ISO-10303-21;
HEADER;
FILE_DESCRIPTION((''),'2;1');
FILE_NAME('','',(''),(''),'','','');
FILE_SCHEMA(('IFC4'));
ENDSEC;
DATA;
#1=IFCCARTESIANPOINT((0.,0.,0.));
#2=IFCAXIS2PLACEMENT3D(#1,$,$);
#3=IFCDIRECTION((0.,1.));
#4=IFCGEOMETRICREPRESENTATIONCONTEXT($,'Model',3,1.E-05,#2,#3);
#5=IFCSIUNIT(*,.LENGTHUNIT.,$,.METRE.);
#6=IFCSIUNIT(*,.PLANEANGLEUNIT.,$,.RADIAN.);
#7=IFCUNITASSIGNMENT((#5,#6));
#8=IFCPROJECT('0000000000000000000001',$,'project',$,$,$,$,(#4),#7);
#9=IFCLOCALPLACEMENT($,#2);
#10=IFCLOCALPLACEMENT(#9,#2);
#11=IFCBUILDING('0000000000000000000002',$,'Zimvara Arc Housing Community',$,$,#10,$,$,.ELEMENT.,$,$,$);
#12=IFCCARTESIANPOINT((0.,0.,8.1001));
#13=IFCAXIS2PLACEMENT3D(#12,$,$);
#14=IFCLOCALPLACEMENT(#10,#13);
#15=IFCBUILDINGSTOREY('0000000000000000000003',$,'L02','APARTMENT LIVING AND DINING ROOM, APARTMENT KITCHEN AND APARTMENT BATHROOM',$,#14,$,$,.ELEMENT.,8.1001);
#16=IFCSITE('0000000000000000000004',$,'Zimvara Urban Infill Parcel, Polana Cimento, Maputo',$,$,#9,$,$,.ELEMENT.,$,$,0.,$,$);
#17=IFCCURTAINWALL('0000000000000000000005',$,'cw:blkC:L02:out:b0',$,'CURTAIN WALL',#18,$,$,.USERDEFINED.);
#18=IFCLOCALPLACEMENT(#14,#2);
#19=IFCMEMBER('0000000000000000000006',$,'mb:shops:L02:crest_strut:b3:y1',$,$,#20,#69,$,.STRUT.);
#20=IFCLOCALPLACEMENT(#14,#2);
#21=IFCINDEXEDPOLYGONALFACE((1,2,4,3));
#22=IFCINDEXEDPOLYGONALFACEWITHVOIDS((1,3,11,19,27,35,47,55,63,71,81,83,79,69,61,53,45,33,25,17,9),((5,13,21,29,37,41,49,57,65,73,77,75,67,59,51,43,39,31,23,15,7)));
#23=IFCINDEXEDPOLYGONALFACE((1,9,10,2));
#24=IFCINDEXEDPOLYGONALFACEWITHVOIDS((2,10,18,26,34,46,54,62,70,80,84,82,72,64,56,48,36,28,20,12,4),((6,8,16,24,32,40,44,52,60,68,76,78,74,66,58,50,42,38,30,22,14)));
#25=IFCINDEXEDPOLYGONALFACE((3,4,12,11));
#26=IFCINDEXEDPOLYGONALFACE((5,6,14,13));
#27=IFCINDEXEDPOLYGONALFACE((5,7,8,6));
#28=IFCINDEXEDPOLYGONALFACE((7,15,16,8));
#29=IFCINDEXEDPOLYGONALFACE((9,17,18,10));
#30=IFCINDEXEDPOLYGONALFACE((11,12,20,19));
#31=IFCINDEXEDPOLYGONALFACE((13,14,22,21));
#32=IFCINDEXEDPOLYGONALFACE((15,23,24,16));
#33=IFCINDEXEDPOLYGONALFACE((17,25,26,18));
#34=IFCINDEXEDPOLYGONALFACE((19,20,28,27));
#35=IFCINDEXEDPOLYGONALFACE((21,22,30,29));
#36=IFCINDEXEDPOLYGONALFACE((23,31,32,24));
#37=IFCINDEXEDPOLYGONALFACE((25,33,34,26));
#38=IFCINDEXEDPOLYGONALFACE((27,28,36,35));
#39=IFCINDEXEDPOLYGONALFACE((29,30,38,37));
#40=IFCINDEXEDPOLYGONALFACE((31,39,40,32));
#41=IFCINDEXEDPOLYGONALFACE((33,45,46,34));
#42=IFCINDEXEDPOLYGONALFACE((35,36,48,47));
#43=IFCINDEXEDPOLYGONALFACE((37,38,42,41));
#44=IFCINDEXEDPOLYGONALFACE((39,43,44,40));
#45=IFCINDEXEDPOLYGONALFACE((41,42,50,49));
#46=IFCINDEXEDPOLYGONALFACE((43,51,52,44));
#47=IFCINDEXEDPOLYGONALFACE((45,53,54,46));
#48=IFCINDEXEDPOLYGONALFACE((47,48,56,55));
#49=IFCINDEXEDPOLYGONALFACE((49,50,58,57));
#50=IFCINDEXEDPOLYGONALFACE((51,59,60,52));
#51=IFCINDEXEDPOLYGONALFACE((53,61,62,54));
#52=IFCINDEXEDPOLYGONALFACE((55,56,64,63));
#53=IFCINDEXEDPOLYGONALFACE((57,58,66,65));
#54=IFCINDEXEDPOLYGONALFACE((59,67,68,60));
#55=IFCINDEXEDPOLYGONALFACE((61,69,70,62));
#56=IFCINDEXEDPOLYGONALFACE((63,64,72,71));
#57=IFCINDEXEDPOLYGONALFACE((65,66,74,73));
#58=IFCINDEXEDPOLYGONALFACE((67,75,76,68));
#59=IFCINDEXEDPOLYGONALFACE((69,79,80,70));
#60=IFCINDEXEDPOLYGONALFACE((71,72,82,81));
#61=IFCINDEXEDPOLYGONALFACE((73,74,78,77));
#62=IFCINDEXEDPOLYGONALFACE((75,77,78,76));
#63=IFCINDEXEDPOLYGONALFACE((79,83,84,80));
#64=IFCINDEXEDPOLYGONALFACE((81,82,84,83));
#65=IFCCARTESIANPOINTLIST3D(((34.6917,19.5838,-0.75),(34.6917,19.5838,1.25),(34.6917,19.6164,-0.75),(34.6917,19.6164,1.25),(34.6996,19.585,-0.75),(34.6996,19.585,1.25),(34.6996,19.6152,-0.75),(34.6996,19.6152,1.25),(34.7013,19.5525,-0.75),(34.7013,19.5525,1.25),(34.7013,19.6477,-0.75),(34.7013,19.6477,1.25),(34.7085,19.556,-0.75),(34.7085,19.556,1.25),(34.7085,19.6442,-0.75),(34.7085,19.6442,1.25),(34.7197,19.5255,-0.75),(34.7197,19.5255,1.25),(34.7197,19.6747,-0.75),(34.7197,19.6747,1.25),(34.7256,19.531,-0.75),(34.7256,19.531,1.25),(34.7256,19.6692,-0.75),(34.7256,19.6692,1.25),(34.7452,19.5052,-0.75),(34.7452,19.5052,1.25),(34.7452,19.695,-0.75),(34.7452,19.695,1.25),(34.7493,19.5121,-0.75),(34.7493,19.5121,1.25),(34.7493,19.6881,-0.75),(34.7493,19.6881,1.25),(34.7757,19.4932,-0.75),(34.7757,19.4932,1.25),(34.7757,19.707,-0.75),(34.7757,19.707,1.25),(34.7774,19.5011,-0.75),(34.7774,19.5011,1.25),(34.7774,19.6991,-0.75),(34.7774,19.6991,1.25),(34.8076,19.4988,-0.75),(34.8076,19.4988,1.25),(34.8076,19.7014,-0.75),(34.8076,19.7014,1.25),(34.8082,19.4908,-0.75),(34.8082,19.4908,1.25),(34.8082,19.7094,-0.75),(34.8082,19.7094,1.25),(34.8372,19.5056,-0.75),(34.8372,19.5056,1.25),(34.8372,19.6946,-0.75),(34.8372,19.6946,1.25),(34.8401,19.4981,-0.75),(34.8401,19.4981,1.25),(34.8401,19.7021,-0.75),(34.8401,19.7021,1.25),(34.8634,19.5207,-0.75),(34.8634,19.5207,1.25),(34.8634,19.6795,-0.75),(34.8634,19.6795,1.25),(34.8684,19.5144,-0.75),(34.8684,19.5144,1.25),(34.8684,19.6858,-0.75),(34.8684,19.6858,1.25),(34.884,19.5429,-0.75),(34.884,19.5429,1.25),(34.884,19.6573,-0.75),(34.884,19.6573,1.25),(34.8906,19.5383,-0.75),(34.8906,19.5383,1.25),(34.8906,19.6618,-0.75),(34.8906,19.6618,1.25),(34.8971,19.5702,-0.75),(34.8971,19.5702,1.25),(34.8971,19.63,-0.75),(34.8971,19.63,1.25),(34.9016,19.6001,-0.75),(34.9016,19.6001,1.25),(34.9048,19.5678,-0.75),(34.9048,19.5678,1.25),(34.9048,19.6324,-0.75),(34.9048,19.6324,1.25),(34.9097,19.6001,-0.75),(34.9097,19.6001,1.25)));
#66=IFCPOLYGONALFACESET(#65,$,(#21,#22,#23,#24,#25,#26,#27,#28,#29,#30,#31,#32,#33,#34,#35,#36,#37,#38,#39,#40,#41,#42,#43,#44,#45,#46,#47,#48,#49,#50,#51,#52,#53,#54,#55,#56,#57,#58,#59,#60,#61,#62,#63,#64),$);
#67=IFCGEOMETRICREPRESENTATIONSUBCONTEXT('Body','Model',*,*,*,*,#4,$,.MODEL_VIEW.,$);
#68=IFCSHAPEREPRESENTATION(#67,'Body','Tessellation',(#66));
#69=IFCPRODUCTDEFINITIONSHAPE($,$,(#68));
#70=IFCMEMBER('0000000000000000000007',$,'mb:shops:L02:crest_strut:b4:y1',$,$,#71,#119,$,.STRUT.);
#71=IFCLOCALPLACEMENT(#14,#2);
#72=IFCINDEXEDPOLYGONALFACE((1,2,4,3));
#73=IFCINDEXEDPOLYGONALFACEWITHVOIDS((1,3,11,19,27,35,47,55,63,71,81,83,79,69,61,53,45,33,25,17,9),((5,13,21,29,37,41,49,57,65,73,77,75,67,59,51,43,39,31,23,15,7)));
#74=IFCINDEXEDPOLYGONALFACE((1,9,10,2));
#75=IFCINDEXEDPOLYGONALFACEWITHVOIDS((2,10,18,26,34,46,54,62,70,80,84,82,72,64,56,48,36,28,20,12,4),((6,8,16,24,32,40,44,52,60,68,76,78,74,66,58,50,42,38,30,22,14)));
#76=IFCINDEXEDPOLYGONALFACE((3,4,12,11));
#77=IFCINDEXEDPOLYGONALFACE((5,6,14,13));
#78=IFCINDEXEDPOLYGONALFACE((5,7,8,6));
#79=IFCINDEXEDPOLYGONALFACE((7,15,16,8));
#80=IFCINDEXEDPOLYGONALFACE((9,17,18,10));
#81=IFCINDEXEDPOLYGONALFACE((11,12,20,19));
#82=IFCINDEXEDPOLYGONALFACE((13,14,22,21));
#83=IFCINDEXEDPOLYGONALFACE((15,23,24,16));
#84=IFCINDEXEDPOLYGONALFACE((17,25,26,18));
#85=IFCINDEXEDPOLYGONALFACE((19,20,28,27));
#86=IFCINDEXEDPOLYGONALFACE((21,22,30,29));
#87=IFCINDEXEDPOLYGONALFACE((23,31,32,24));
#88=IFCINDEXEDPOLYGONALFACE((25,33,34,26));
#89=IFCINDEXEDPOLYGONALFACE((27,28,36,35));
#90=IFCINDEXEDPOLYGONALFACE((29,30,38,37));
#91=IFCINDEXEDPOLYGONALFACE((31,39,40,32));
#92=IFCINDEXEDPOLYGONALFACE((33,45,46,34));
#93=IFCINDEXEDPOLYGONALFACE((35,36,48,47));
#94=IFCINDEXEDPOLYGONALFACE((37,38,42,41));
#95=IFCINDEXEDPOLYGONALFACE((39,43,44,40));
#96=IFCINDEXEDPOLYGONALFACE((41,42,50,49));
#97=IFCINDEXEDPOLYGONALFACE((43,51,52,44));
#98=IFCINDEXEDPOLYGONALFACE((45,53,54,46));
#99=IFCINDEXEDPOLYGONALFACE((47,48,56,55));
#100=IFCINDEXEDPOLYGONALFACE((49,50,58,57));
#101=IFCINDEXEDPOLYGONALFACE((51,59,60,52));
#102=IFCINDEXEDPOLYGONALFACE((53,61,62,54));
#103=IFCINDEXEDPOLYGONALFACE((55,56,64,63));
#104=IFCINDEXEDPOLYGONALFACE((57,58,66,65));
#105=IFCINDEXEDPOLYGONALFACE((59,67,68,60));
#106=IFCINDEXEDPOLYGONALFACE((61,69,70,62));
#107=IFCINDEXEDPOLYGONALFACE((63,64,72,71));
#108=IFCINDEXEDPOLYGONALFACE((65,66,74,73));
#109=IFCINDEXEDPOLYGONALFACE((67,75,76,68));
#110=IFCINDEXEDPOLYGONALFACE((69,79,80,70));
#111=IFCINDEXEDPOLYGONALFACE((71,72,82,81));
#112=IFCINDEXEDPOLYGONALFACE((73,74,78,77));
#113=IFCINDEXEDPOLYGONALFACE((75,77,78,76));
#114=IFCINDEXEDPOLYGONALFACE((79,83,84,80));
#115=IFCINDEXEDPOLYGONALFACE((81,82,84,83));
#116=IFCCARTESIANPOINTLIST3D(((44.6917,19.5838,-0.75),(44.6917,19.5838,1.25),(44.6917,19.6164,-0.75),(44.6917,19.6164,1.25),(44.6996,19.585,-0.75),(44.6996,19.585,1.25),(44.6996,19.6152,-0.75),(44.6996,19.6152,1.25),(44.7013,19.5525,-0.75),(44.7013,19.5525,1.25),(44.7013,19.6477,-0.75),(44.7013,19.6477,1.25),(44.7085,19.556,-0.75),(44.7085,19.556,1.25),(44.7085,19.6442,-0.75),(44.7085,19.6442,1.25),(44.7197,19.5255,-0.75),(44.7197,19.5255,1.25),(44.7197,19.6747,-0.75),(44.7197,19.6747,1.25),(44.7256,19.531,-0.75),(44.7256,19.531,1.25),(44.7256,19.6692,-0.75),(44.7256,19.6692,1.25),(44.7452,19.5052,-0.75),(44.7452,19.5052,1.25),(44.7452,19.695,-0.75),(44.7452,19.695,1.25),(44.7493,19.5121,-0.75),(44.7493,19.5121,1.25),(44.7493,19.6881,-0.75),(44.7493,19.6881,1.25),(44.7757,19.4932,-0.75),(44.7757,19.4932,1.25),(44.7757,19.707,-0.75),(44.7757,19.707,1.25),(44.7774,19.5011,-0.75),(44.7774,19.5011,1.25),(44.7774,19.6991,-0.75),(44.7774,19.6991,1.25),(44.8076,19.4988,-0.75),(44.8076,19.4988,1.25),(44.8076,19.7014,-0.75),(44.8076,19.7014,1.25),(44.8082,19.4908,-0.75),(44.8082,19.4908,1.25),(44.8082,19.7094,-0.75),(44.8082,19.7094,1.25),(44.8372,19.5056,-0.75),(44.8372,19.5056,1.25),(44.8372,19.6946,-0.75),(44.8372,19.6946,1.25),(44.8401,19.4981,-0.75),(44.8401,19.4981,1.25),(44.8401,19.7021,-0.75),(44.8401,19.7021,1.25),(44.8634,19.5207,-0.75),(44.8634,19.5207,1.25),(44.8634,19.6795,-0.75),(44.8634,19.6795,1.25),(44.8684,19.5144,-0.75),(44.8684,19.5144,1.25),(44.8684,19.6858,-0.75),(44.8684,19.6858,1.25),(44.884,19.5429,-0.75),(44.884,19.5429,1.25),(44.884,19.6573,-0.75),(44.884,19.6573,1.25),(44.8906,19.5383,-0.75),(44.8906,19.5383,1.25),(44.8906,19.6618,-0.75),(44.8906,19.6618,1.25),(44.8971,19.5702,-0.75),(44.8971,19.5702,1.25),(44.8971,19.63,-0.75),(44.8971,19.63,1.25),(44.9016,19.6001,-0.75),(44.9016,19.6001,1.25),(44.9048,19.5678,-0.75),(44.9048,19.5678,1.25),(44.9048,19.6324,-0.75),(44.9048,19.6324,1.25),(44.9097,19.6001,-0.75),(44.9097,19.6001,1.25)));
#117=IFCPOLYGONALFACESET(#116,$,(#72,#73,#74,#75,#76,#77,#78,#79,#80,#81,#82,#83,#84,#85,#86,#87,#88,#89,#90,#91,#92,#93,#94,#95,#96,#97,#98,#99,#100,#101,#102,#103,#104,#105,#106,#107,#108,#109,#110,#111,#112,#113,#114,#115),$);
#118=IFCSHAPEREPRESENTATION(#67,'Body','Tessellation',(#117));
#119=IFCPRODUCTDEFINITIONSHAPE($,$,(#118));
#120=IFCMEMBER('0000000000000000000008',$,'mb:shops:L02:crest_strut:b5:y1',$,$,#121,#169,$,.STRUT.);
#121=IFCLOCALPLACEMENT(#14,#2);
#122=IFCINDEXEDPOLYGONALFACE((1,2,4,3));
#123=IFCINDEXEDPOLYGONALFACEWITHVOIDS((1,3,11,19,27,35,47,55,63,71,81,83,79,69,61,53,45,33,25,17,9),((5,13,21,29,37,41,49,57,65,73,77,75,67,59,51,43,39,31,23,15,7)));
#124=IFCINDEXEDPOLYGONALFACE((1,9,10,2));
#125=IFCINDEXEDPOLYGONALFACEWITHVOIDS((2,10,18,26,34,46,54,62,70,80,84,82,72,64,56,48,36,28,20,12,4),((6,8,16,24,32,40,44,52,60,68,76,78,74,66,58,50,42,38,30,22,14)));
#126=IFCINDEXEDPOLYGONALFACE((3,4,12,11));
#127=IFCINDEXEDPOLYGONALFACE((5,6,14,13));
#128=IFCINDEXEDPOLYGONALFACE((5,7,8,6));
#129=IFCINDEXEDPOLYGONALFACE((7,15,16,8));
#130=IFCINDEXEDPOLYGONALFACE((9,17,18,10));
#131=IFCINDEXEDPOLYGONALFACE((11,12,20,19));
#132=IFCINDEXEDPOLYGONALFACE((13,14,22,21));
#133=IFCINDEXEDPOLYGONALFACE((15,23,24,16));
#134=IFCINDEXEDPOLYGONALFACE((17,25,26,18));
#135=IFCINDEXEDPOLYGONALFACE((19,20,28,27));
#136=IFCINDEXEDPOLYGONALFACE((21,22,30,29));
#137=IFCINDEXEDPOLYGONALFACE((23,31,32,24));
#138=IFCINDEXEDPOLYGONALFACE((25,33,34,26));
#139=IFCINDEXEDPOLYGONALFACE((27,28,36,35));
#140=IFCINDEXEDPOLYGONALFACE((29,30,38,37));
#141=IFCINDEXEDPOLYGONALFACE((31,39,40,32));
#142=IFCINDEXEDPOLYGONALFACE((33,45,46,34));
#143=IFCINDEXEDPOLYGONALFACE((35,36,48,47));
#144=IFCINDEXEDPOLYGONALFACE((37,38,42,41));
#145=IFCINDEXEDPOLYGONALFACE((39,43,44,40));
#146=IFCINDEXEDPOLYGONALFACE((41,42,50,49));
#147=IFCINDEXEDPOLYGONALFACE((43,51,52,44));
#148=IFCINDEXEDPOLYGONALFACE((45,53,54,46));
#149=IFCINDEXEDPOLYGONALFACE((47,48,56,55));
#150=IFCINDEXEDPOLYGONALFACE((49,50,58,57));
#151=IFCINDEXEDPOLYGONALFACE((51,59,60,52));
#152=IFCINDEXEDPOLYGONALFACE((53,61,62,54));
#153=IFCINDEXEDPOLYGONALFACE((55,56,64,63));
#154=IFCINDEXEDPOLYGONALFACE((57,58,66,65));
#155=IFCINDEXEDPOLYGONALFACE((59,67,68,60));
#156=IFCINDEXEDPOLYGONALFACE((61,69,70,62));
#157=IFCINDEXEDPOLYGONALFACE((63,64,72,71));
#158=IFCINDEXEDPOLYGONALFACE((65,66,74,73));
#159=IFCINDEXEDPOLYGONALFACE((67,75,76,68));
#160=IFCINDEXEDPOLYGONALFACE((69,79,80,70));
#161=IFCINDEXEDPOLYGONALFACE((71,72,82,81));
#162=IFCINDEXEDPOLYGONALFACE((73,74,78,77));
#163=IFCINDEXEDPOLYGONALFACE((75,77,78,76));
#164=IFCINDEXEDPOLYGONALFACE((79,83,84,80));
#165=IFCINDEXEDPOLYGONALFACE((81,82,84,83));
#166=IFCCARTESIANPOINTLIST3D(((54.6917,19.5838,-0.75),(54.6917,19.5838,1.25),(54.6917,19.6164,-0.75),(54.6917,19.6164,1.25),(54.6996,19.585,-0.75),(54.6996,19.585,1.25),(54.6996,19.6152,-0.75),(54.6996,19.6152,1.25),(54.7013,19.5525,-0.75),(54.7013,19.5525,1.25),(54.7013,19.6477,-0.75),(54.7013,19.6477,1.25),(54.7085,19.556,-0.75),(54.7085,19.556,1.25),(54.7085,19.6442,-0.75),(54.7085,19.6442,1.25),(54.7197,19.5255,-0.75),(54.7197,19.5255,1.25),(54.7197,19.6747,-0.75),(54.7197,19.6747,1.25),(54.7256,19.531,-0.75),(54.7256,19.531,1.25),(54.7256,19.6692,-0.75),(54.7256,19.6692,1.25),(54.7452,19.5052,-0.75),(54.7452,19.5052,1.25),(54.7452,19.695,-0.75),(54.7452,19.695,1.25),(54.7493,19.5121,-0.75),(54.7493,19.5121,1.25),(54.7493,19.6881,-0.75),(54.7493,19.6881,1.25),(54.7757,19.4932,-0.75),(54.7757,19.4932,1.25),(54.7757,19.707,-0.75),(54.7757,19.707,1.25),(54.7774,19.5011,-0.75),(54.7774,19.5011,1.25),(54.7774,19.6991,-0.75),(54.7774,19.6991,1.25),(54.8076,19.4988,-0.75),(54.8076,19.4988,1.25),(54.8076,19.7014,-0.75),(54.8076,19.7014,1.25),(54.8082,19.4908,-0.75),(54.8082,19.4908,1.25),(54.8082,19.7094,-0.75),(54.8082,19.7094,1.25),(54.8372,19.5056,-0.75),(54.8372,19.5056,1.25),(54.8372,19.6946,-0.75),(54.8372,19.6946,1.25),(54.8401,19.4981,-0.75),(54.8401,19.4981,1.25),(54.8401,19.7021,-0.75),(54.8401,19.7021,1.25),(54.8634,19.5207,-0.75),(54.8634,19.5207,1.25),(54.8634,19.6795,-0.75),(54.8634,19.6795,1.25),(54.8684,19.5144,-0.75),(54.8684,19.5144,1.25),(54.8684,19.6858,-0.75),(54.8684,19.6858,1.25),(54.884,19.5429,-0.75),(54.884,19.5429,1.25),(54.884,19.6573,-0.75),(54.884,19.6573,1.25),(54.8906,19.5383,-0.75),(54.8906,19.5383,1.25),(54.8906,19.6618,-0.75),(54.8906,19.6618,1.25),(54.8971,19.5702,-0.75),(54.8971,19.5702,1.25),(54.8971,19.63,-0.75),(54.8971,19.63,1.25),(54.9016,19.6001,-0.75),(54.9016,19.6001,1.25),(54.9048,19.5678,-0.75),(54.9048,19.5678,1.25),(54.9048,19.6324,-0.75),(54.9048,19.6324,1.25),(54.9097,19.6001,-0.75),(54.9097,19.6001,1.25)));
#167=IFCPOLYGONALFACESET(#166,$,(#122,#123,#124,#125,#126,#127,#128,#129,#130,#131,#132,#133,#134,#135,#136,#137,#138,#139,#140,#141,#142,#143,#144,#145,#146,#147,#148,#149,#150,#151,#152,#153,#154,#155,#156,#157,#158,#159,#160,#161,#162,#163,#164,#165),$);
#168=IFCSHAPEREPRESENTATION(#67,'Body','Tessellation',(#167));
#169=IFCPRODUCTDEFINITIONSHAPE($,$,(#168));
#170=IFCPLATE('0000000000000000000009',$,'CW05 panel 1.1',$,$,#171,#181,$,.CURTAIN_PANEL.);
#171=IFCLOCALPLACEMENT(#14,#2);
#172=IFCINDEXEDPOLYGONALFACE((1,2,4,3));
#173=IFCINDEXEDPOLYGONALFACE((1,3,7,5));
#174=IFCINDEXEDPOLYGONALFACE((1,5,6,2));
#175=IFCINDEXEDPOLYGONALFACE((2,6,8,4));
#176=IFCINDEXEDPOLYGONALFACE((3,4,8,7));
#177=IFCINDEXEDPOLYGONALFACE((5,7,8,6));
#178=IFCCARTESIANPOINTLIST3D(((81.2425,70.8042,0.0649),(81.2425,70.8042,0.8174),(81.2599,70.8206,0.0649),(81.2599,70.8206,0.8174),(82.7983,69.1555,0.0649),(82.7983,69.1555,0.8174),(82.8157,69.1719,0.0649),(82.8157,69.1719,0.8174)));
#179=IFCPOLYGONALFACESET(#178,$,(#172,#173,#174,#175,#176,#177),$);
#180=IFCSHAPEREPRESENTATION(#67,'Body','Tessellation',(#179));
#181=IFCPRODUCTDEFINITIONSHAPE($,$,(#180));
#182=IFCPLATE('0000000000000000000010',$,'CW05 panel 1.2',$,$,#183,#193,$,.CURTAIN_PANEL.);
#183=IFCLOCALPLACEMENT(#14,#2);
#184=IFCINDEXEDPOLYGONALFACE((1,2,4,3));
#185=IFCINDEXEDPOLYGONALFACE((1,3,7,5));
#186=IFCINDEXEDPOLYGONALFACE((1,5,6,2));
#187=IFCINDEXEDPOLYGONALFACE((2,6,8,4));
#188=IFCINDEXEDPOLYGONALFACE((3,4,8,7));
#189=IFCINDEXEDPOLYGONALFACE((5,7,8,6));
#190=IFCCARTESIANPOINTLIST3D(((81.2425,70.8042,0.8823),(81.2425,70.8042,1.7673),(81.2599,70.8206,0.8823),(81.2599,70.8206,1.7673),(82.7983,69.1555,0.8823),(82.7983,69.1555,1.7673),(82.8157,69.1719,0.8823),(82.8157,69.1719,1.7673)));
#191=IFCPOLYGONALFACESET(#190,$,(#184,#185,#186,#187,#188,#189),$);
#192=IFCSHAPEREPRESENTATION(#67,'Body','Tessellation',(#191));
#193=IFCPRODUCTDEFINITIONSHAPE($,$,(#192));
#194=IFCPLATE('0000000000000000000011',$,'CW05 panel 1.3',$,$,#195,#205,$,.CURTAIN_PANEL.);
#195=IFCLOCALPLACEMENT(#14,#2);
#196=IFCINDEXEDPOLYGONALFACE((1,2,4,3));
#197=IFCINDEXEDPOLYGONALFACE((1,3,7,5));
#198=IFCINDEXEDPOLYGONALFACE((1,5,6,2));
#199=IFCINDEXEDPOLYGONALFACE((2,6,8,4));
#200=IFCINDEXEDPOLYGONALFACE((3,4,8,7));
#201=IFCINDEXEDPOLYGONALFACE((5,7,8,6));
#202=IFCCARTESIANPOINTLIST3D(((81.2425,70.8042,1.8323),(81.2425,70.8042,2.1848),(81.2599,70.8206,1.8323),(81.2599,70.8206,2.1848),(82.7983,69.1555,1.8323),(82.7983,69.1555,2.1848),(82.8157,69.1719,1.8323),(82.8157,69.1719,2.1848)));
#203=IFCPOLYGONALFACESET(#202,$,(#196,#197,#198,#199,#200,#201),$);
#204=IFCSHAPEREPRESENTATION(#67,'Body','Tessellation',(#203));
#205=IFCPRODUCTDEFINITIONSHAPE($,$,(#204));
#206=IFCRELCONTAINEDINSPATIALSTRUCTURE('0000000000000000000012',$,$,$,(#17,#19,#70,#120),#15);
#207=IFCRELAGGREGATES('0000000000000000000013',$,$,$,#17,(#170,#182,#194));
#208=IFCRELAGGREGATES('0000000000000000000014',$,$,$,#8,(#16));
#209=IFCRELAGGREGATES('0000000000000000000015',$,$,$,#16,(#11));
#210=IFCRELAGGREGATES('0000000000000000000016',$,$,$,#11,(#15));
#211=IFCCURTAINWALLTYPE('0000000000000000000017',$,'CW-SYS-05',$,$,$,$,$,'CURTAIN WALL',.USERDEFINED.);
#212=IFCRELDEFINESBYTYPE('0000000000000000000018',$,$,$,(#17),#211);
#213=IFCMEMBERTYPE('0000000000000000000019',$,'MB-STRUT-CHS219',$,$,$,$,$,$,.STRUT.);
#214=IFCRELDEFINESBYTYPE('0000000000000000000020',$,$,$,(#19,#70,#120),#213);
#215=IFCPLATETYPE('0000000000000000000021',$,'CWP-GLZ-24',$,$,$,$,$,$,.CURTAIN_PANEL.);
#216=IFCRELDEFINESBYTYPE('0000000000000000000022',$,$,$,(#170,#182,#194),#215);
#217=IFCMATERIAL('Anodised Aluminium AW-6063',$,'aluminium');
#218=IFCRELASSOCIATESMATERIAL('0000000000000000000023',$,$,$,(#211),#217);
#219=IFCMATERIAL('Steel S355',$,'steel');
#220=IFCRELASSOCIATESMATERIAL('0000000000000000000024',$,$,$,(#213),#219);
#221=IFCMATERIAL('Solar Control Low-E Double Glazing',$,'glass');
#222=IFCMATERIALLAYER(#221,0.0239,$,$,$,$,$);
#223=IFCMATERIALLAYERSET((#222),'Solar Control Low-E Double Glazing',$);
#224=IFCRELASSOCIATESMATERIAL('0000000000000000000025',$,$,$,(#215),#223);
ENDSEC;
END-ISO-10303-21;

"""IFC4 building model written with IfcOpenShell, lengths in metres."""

from ifc_helpers import new_model, si_unit, direction, frame, origin, origin_2d, place, context, subcontext, project, spatial, rectangle, hollow_circle, extrude, material, layer, layer_set, material_profile, profile_set, type_object, element, aggregate, save


model = new_model("IFC4")

# Units and contexts
model_context = context("Model", 3, precision=1e-05, world=origin(), true_north=direction((0.0, 1.0)))
body_context = subcontext(model_context, "Body", "Model", "MODEL_VIEW")
ifc_project = project(units=[si_unit("LENGTHUNIT", "METRE"), si_unit("PLANEANGLEUNIT", "RADIAN")], contexts=[model_context])

# Site, building, storey
site_placement = place(None, origin())
site = spatial("IfcSite", under=ifc_project, at=site_placement, Name="Zimvara Urban Infill Parcel, Polana Cimento, Maputo", CompositionType="ELEMENT", RefElevation=0.0)
building_placement = place(site_placement, origin())
building = spatial("IfcBuilding", under=site, at=building_placement, Name="Zimvara Arc Housing Community", CompositionType="ELEMENT")
storey_placement = place(building_placement, frame((0.0, 0.0, 8.1001)))
storey = spatial("IfcBuildingStorey", under=building, at=storey_placement, Name="L02", Description="APARTMENT LIVING AND DINING ROOM, APARTMENT KITCHEN AND APARTMENT BATHROOM", CompositionType="ELEMENT", Elevation=8.1001)

# Curtain wall
ifc_material_1 = material(Name="Anodised Aluminium AW-6063", Category="aluminium")
curtain_wall_type = type_object("IfcCurtainWallType", Name="CW-SYS-05", ElementType="CURTAIN WALL", PredefinedType="USERDEFINED", material=ifc_material_1)
curtain_wall_placement = place(storey_placement, origin())
curtain_wall = element("IfcCurtainWall", 1, at=curtain_wall_placement, inside=storey, type_object=curtain_wall_type, Name="cw:blkC:L02:out:b0", ObjectType="CURTAIN WALL", PredefinedType="USERDEFINED")

# Members
ifc_material_2 = material(Name="Steel S355", Category="steel")
ifc_material_profile_1 = material_profile(ifc_material_2, hollow_circle(Radius=0.1096, WallThickness=0.0081, at=origin_2d()), Name="CHS 219.1x8.0")
ifc_profile_set_1 = profile_set([ifc_material_profile_1], Name="Steel S355")
member_type_1 = type_object("IfcMemberType", Name="MB-STRUT-CHS219", PredefinedType="STRUT", material=ifc_profile_set_1)
for number, where, z_axis, x_axis, name in (
    (2, (34.8, 19.6001, -0.75), (0.0, 0.0, 1.0), (1.0, 0.0, 0.0), "mb:shops:L02:crest_strut:b3:y1"),
    (3, (44.8, 19.6001, -0.75), (0.0, 0.0, 1.0), (1.0, 0.0, 0.0), "mb:shops:L02:crest_strut:b4:y1"),
    (4, (54.8, 19.6001, -0.75), (0.0, 0.0, 1.0), (1.0, 0.0, 0.0), "mb:shops:L02:crest_strut:b5:y1"),
):
    element("IfcMember", number, at=place(storey_placement, frame(where, z_axis=z_axis, x_axis=x_axis)), inside=storey, type_object=member_type_1, Name=name, PredefinedType="STRUT", context=body_context, shape_type="SweptSolid", body=[
        extrude(hollow_circle(Radius=0.1096, WallThickness=0.0081, at=origin_2d()), origin(), (0.0, 0.0, 1.0), 2.0),
    ])

# Plates
ifc_material_3 = material(Name="Solar Control Low-E Double Glazing", Category="glass")
ifc_layer_1 = layer(ifc_material_3, 0.0239)
ifc_layer_set_1 = layer_set([ifc_layer_1], Name="Solar Control Low-E Double Glazing")
plate_type_1 = type_object("IfcPlateType", Name="CWP-GLZ-24", PredefinedType="CURTAIN_PANEL", material=ifc_layer_set_1)
plate_1_placement = place(storey_placement, frame((82.0291, 69.988, 0.0649), z_axis=(0.0, 0.0, 1.0), x_axis=(0.686326, -0.727294, 0.0)))
plate_1 = element("IfcPlate", 5, at=plate_1_placement, type_object=plate_type_1, Name="CW05 panel 1.1", PredefinedType="CURTAIN_PANEL", context=body_context, shape_type="SweptSolid", body=[
    extrude(rectangle(XDim=2.2668, YDim=0.0239, at=origin_2d()), origin(), (0.0, 0.0, 1.0), 0.7524),
])
plate_2_placement = place(storey_placement, frame((82.0291, 69.988, 0.8823), z_axis=(0.0, 0.0, 1.0), x_axis=(0.686326, -0.727294, 0.0)))
plate_2 = element("IfcPlate", 6, at=plate_2_placement, type_object=plate_type_1, Name="CW05 panel 1.2", PredefinedType="CURTAIN_PANEL", context=body_context, shape_type="SweptSolid", body=[
    extrude(rectangle(XDim=2.2668, YDim=0.0239, at=origin_2d()), origin(), (0.0, 0.0, 1.0), 0.885),
])
plate_3_placement = place(storey_placement, frame((82.0291, 69.988, 1.8323), z_axis=(0.0, 0.0, 1.0), x_axis=(0.686326, -0.727294, 0.0)))
plate_3 = element("IfcPlate", 7, at=plate_3_placement, type_object=plate_type_1, Name="CW05 panel 1.3", PredefinedType="CURTAIN_PANEL", context=body_context, shape_type="SweptSolid", body=[
    extrude(rectangle(XDim=2.2668, YDim=0.0239, at=origin_2d()), origin(), (0.0, 0.0, 1.0), 0.3525),
])
aggregate(curtain_wall, [plate_1, plate_2, plate_3])

save(model, "model.ifc")
